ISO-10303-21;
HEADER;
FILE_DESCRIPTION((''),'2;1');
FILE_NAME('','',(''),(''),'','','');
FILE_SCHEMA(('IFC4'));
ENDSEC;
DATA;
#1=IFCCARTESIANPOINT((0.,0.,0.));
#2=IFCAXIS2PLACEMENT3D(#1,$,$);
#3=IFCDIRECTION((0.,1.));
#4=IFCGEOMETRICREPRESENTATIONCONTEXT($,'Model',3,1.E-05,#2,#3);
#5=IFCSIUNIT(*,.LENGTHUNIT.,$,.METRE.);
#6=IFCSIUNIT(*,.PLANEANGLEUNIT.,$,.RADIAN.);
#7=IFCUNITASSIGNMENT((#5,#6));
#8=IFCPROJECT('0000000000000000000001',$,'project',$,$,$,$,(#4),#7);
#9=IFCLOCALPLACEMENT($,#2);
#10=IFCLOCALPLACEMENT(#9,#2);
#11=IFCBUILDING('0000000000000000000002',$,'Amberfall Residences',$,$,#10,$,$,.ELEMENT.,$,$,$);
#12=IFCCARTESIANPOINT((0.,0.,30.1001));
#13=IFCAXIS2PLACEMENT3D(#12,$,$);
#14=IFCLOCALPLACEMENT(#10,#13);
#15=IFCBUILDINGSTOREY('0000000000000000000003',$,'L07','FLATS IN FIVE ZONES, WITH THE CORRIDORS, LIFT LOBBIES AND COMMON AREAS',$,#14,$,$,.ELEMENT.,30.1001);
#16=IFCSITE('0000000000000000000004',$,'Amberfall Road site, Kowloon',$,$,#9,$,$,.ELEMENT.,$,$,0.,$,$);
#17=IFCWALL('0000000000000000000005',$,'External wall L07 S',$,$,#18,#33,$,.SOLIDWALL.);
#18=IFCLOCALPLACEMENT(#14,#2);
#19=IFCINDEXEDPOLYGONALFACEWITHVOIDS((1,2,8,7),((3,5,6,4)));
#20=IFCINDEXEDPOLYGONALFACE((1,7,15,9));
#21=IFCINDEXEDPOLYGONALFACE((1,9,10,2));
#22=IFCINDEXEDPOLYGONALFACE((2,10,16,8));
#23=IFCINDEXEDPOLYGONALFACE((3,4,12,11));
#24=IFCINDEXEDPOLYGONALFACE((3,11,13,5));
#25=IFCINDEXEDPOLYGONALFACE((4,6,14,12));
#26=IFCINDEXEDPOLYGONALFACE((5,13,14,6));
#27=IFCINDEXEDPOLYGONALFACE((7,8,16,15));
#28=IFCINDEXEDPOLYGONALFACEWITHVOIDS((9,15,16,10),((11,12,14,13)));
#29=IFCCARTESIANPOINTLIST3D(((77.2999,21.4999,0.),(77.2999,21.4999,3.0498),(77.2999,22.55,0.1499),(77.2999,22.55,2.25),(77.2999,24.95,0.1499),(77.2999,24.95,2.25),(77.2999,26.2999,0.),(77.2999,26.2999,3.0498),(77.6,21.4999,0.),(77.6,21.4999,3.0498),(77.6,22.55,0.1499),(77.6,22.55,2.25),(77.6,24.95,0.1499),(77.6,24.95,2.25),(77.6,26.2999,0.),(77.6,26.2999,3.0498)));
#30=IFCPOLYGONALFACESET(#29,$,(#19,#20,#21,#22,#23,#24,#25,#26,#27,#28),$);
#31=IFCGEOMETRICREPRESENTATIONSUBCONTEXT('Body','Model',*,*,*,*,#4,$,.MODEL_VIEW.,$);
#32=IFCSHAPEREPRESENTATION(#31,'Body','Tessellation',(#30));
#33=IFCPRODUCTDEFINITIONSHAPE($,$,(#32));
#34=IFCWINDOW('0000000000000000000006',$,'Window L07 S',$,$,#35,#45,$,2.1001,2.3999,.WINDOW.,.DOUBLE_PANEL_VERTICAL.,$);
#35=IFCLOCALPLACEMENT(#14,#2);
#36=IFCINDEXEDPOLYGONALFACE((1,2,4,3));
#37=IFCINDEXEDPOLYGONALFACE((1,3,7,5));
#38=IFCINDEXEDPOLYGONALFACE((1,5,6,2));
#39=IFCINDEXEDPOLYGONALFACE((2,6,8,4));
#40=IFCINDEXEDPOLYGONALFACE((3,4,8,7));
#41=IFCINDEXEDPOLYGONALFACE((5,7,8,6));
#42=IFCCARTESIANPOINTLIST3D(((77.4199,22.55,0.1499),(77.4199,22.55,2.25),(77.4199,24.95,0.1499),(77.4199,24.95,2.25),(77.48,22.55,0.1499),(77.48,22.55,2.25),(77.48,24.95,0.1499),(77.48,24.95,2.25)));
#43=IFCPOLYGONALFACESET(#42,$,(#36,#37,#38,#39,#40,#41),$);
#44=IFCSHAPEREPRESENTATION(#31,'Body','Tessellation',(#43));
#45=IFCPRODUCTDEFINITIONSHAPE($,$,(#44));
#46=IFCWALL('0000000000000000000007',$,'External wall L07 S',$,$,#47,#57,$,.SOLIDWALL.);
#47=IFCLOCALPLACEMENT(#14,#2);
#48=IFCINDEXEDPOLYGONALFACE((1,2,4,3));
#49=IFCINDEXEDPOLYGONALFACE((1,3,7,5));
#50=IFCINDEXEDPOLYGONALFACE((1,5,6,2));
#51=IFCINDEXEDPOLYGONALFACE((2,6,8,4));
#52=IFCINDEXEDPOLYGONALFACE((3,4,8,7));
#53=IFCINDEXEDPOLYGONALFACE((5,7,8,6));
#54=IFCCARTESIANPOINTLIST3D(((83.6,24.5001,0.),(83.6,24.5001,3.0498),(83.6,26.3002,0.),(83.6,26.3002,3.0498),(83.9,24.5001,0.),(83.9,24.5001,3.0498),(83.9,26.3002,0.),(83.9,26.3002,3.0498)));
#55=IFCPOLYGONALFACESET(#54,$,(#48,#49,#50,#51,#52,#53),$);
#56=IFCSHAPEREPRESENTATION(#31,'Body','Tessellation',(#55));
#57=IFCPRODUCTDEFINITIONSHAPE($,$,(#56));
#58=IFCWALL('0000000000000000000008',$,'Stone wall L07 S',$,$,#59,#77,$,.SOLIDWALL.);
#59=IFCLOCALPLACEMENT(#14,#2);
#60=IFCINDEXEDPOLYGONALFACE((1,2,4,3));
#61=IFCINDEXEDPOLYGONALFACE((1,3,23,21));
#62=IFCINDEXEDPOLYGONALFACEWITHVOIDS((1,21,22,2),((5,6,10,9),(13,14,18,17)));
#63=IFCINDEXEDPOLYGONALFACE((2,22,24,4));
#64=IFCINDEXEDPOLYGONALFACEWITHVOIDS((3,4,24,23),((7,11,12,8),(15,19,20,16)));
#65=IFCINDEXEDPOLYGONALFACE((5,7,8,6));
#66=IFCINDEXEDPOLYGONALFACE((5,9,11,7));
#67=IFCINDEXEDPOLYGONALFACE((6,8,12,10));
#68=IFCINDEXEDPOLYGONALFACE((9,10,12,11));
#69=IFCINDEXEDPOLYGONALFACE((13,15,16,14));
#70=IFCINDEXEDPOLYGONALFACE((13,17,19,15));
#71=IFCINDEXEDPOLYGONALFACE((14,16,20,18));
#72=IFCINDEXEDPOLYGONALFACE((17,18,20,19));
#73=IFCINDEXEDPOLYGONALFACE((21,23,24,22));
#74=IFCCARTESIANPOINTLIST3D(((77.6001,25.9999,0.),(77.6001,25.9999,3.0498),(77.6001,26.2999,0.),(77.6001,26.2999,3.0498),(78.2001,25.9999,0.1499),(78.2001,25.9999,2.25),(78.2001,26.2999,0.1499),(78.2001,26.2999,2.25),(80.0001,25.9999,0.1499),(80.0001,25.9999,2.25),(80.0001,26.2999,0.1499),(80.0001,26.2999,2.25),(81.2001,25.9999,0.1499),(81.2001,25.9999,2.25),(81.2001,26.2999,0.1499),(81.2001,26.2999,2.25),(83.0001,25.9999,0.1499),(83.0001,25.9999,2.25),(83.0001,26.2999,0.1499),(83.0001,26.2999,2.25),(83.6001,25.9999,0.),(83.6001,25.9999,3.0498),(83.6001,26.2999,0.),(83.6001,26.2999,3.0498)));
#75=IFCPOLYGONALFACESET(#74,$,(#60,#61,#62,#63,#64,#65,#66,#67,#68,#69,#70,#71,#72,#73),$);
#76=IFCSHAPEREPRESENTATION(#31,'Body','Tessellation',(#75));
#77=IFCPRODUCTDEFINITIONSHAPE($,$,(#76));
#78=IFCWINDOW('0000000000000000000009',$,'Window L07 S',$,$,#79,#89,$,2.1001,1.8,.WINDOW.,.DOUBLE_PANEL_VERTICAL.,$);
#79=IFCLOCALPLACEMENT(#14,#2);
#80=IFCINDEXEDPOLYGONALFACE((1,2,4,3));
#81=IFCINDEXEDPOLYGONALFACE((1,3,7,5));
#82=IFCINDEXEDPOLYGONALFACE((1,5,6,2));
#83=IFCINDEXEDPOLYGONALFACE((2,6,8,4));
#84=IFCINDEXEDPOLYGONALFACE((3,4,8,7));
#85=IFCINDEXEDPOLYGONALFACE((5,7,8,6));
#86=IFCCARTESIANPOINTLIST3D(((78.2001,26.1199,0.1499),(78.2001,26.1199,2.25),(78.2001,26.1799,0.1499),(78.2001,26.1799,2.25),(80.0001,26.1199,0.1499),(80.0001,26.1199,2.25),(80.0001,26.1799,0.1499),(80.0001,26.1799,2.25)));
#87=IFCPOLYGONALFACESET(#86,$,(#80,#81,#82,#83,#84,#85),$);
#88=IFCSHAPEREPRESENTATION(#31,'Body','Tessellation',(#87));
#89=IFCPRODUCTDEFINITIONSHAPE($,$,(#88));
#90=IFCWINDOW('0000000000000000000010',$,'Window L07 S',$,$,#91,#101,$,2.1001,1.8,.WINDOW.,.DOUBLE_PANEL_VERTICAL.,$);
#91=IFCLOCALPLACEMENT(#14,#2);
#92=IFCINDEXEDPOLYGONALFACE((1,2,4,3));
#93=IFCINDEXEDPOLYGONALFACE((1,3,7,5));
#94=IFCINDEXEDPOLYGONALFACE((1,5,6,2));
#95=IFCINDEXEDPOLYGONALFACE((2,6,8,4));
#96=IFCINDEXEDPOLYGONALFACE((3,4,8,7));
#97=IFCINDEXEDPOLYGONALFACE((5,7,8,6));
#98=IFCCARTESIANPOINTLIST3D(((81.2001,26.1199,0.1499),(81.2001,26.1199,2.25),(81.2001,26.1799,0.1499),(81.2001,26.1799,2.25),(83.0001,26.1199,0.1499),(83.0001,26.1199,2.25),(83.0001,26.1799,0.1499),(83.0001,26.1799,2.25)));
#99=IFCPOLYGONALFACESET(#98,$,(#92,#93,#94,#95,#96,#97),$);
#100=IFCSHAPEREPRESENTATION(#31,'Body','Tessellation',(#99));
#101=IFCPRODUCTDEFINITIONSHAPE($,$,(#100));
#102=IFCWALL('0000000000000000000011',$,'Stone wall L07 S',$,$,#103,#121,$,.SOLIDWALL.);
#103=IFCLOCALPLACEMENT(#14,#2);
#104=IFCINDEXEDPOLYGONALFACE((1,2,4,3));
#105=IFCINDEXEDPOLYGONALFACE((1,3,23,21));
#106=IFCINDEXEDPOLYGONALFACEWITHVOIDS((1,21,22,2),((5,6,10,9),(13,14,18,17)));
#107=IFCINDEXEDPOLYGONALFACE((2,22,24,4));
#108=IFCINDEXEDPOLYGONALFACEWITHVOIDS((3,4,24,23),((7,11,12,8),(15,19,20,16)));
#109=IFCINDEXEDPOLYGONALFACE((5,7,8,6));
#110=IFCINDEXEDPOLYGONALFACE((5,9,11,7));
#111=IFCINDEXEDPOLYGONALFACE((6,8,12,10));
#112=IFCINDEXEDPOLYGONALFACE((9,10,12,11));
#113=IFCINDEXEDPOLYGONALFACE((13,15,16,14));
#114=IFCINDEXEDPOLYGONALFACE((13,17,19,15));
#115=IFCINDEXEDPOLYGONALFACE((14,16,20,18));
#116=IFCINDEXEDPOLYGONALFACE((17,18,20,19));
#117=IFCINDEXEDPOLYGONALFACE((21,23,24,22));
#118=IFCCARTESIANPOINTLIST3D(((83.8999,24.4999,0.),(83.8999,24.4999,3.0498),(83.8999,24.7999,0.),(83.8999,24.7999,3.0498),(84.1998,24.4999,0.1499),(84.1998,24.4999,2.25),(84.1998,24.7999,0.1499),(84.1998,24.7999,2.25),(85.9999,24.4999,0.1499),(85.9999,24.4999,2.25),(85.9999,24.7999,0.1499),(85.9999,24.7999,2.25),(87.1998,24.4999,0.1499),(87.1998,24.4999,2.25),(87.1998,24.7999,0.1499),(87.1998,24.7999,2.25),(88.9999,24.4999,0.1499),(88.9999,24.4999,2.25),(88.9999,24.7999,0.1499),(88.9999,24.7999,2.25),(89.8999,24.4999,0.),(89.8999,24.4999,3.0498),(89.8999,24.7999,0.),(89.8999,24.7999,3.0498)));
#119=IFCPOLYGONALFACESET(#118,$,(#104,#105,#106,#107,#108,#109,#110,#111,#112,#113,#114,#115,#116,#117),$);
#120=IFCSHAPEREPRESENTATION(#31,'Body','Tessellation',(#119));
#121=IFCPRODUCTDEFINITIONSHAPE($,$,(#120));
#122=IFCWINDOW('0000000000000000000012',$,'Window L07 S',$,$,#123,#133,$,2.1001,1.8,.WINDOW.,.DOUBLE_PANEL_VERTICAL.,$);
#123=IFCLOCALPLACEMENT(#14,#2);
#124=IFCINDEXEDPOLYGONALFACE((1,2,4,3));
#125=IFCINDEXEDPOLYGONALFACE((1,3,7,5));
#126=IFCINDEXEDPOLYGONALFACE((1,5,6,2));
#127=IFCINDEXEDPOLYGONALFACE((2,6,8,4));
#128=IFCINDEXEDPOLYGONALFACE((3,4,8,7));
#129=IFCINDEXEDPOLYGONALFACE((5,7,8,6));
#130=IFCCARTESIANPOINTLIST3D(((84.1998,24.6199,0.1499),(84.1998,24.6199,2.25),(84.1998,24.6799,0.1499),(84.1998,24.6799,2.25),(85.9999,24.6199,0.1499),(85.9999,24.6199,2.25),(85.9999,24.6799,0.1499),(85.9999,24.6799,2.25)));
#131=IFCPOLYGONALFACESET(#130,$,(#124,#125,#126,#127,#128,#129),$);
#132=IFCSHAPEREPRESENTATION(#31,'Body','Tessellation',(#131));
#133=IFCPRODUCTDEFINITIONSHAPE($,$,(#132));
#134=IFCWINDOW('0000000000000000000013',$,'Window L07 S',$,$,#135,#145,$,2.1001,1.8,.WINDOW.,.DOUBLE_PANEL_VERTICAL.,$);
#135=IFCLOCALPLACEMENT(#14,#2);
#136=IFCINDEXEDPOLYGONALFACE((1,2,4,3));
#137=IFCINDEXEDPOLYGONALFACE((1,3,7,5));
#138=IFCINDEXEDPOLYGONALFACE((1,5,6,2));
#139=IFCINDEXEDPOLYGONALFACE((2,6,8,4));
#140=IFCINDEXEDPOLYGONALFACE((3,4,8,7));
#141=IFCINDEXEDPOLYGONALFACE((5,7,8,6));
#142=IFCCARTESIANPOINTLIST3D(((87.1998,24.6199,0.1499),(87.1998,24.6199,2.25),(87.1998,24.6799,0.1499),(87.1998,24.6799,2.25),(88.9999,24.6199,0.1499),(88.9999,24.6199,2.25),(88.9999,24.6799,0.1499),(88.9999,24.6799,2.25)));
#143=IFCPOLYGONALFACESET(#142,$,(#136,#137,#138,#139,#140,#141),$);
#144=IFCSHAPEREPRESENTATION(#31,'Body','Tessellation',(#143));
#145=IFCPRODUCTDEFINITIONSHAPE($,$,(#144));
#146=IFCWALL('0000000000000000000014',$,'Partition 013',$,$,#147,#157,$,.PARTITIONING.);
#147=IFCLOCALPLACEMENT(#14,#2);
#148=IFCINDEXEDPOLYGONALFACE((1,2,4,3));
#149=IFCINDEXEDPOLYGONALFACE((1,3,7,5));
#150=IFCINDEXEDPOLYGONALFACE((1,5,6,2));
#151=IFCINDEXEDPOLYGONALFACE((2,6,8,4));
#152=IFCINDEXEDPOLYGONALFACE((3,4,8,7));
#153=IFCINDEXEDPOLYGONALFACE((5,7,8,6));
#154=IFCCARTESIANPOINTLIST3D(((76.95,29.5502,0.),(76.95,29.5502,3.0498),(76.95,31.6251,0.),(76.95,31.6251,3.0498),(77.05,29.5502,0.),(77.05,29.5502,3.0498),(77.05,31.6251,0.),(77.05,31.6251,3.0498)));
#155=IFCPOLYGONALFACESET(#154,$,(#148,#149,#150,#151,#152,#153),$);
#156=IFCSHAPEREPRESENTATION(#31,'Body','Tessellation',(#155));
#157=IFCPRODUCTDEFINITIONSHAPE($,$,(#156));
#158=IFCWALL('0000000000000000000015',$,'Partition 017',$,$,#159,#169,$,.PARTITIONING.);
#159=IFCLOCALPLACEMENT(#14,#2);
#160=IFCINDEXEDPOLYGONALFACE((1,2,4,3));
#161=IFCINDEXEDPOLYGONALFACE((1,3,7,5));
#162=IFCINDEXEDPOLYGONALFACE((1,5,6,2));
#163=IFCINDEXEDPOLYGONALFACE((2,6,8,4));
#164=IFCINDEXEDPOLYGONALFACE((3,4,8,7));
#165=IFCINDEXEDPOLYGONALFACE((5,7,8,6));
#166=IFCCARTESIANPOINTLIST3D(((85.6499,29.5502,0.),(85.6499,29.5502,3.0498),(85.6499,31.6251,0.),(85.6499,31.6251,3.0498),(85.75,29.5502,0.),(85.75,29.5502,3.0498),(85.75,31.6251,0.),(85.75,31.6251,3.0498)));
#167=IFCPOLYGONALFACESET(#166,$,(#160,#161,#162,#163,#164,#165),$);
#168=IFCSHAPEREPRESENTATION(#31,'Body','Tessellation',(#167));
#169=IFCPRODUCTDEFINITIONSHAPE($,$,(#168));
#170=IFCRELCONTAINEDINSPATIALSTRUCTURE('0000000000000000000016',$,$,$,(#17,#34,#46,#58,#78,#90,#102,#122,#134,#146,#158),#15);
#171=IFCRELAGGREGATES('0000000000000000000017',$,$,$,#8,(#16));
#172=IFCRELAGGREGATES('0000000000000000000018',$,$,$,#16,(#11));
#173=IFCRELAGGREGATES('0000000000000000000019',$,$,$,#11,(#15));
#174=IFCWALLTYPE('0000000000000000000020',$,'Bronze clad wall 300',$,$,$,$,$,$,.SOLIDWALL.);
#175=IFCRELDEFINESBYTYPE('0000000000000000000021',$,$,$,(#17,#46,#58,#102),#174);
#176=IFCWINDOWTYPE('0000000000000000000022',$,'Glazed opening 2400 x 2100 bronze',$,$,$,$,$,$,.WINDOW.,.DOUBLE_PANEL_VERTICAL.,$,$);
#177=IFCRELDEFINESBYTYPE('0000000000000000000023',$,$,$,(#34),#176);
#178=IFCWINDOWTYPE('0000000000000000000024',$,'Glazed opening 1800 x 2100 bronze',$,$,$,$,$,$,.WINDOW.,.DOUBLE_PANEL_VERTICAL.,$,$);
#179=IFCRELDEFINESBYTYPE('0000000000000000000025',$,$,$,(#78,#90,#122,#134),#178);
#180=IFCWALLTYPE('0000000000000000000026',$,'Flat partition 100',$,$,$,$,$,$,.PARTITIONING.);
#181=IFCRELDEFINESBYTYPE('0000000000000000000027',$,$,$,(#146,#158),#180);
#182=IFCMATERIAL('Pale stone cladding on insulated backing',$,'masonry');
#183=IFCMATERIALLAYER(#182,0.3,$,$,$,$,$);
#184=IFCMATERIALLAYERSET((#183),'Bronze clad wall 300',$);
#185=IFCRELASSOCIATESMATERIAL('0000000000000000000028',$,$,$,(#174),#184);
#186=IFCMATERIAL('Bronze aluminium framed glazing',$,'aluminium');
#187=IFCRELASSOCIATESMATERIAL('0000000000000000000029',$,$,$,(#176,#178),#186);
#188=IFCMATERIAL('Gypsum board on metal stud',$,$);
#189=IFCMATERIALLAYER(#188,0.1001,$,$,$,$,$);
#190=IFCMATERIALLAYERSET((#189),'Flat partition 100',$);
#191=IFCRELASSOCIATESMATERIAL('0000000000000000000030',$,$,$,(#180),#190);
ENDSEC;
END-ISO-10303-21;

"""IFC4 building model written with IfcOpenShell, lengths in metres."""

from ifc_helpers import new_model, si_unit, direction, frame, frame_2d, origin, place, context, subcontext, project, spatial, rectangle, extrude, material, layer, layer_set, type_object, element, fill, save


model = new_model("IFC4")

# Units and contexts
model_context = context("Model", 3, precision=1e-05, world=origin(), true_north=direction((0.0, 1.0)))
body_context = subcontext(model_context, "Body", "Model", "MODEL_VIEW")
ifc_project = project(units=[si_unit("LENGTHUNIT", "METRE"), si_unit("PLANEANGLEUNIT", "RADIAN")], contexts=[model_context])

# Site, building, storey
site_placement = place(None, origin())
site = spatial("IfcSite", under=ifc_project, at=site_placement, Name="Amberfall Road site, Kowloon", CompositionType="ELEMENT", RefElevation=0.0)
building_placement = place(site_placement, origin())
building = spatial("IfcBuilding", under=site, at=building_placement, Name="Amberfall Residences", CompositionType="ELEMENT")
storey_placement = place(building_placement, frame((0.0, 0.0, 30.1001)))
storey = spatial("IfcBuildingStorey", under=building, at=storey_placement, Name="L07", Description="FLATS IN FIVE ZONES, WITH THE CORRIDORS, LIFT LOBBIES AND COMMON AREAS", CompositionType="ELEMENT", Elevation=30.1001)

# Wall, opening, window
ifc_material_1 = material(Name="Pale stone cladding on insulated backing", Category="masonry")
ifc_layer_1 = layer(ifc_material_1, 0.3)
ifc_layer_set_1 = layer_set([ifc_layer_1], Name="Bronze clad wall 300")
wall_type_1 = type_object("IfcWallType", Name="Bronze clad wall 300", PredefinedType="SOLIDWALL", material=ifc_layer_set_1)
wall_1_placement = place(storey_placement, frame((77.45, 21.5, 0.0), z_axis=(0.0, 0.0, 1.0), x_axis=(0.0, 1.0, 0.0)))
wall_1 = element("IfcWall", 1, at=wall_1_placement, inside=storey, type_object=wall_type_1, Name="External wall L07 S", PredefinedType="SOLIDWALL", context=body_context, shape_type="SweptSolid", body=[
    extrude(rectangle(XDim=4.8, YDim=0.3, at=frame_2d((2.3999, 0.0))), origin(), (0.0, 0.0, 1.0), 3.0498),
])
opening_1_placement = place(wall_1_placement, frame((1.05, 0.0, 0.1499)))
opening_1 = element("IfcOpeningElement", 2, at=opening_1_placement, cuts=wall_1, PredefinedType="OPENING", context=body_context, shape_type="SweptSolid", body=[
    extrude(rectangle(XDim=2.3999, YDim=2.1001, at=frame_2d((1.2, 1.05))), frame((0.0, 0.1599, 0.0), z_axis=(0.0, -1.0, 0.0), x_axis=(1.0, 0.0, 0.0)), (0.0, 0.0, 1.0), 0.3201),
])
ifc_material_2 = material(Name="Bronze aluminium framed glazing", Category="aluminium")
window_type_1 = type_object("IfcWindowType", Name="Glazed opening 2400 x 2100 bronze", PartitioningType="DOUBLE_PANEL_VERTICAL", PredefinedType="WINDOW", material=ifc_material_2)
window_1_placement = place(opening_1_placement, origin())
window_1 = element("IfcWindow", 3, at=window_1_placement, inside=storey, type_object=window_type_1, Name="Window L07 S", OverallHeight=2.1001, OverallWidth=2.3999, PartitioningType="DOUBLE_PANEL_VERTICAL", PredefinedType="WINDOW", context=body_context, shape_type="SweptSolid", body=[
    extrude(rectangle(XDim=2.3999, YDim=2.1001, at=frame_2d((1.2, 1.05))), frame((0.0, 0.03, 0.0), z_axis=(0.0, -1.0, 0.0), x_axis=(1.0, 0.0, 0.0)), (0.0, 0.0, 1.0), 0.0601),
])
fill(opening_1, window_1)

# Wall
wall_2_placement = place(storey_placement, frame((83.75, 26.3, 0.0), z_axis=(0.0, 0.0, 1.0), x_axis=(0.0, -1.0, 0.0)))
element("IfcWall", 4, at=wall_2_placement, inside=storey, type_object=wall_type_1, Name="External wall L07 S", PredefinedType="SOLIDWALL", context=body_context, shape_type="SweptSolid", body=[
    extrude(rectangle(XDim=1.8, YDim=0.3, at=frame_2d((0.8999, 0.0))), origin(), (0.0, 0.0, 1.0), 3.0498),
])

# Walls, openings, windows
wall_3_placement = place(storey_placement, frame((77.6001, 26.1499, 0.0), z_axis=(0.0, 0.0, 1.0), x_axis=(1.0, 0.0, 0.0)))
wall_3 = element("IfcWall", 5, at=wall_3_placement, inside=storey, type_object=wall_type_1, Name="Stone wall L07 S", PredefinedType="SOLIDWALL", context=body_context, shape_type="SweptSolid", body=[
    extrude(rectangle(XDim=6.0, YDim=0.3, at=frame_2d((3.0, 0.0))), origin(), (0.0, 0.0, 1.0), 3.0498),
])
opening_2_placement = place(wall_3_placement, frame((0.6001, 0.0, 0.1499)))
opening_2 = element("IfcOpeningElement", 6, at=opening_2_placement, cuts=wall_3, PredefinedType="OPENING", context=body_context, shape_type="SweptSolid", body=[
    extrude(rectangle(XDim=1.8, YDim=2.1001, at=frame_2d((0.8999, 1.05))), frame((0.0, 0.1599, 0.0), z_axis=(0.0, -1.0, 0.0), x_axis=(1.0, 0.0, 0.0)), (0.0, 0.0, 1.0), 0.3201),
])
opening_3_placement = place(wall_3_placement, frame((3.6001, 0.0, 0.1499)))
opening_3 = element("IfcOpeningElement", 7, at=opening_3_placement, cuts=wall_3, PredefinedType="OPENING", context=body_context, shape_type="SweptSolid", body=[
    extrude(rectangle(XDim=1.8, YDim=2.1001, at=frame_2d((0.8999, 1.05))), frame((0.0, 0.1599, 0.0), z_axis=(0.0, -1.0, 0.0), x_axis=(1.0, 0.0, 0.0)), (0.0, 0.0, 1.0), 0.3201),
])
window_type_2 = type_object("IfcWindowType", Name="Glazed opening 1800 x 2100 bronze", PartitioningType="DOUBLE_PANEL_VERTICAL", PredefinedType="WINDOW", material=ifc_material_2)
window_2_placement = place(opening_2_placement, origin())
window_2 = element("IfcWindow", 8, at=window_2_placement, inside=storey, type_object=window_type_2, Name="Window L07 S", OverallHeight=2.1001, OverallWidth=1.8, PartitioningType="DOUBLE_PANEL_VERTICAL", PredefinedType="WINDOW", context=body_context, shape_type="SweptSolid", body=[
    extrude(rectangle(XDim=1.8, YDim=2.1001, at=frame_2d((0.8999, 1.05))), frame((0.0, 0.03, 0.0), z_axis=(0.0, -1.0, 0.0), x_axis=(1.0, 0.0, 0.0)), (0.0, 0.0, 1.0), 0.0601),
])
fill(opening_2, window_2)
window_3_placement = place(opening_3_placement, origin())
window_3 = element("IfcWindow", 9, at=window_3_placement, inside=storey, type_object=window_type_2, Name="Window L07 S", OverallHeight=2.1001, OverallWidth=1.8, PartitioningType="DOUBLE_PANEL_VERTICAL", PredefinedType="WINDOW", context=body_context, shape_type="SweptSolid", body=[
    extrude(rectangle(XDim=1.8, YDim=2.1001, at=frame_2d((0.8999, 1.05))), frame((0.0, 0.03, 0.0), z_axis=(0.0, -1.0, 0.0), x_axis=(1.0, 0.0, 0.0)), (0.0, 0.0, 1.0), 0.0601),
])
fill(opening_3, window_3)
wall_4_placement = place(storey_placement, frame((83.8999, 24.6499, 0.0), z_axis=(0.0, 0.0, 1.0), x_axis=(1.0, 0.0, 0.0)))
wall_4 = element("IfcWall", 10, at=wall_4_placement, inside=storey, type_object=wall_type_1, Name="Stone wall L07 S", PredefinedType="SOLIDWALL", context=body_context, shape_type="SweptSolid", body=[
    extrude(rectangle(XDim=6.0, YDim=0.3, at=frame_2d((3.0, 0.0))), origin(), (0.0, 0.0, 1.0), 3.0498),
])
opening_4_placement = place(wall_4_placement, frame((0.3, 0.0, 0.1499)))
opening_4 = element("IfcOpeningElement", 11, at=opening_4_placement, cuts=wall_4, PredefinedType="OPENING", context=body_context, shape_type="SweptSolid", body=[
    extrude(rectangle(XDim=1.8, YDim=2.1001, at=frame_2d((0.8999, 1.05))), frame((0.0, 0.1599, 0.0), z_axis=(0.0, -1.0, 0.0), x_axis=(1.0, 0.0, 0.0)), (0.0, 0.0, 1.0), 0.3201),
])
opening_5_placement = place(wall_4_placement, frame((3.3, 0.0, 0.1499)))
opening_5 = element("IfcOpeningElement", 12, at=opening_5_placement, cuts=wall_4, PredefinedType="OPENING", context=body_context, shape_type="SweptSolid", body=[
    extrude(rectangle(XDim=1.8, YDim=2.1001, at=frame_2d((0.8999, 1.05))), frame((0.0, 0.1599, 0.0), z_axis=(0.0, -1.0, 0.0), x_axis=(1.0, 0.0, 0.0)), (0.0, 0.0, 1.0), 0.3201),
])
window_4_placement = place(opening_4_placement, origin())
window_4 = element("IfcWindow", 13, at=window_4_placement, inside=storey, type_object=window_type_2, Name="Window L07 S", OverallHeight=2.1001, OverallWidth=1.8, PartitioningType="DOUBLE_PANEL_VERTICAL", PredefinedType="WINDOW", context=body_context, shape_type="SweptSolid", body=[
    extrude(rectangle(XDim=1.8, YDim=2.1001, at=frame_2d((0.8999, 1.05))), frame((0.0, 0.03, 0.0), z_axis=(0.0, -1.0, 0.0), x_axis=(1.0, 0.0, 0.0)), (0.0, 0.0, 1.0), 0.0601),
])
fill(opening_4, window_4)
window_5_placement = place(opening_5_placement, origin())
window_5 = element("IfcWindow", 14, at=window_5_placement, inside=storey, type_object=window_type_2, Name="Window L07 S", OverallHeight=2.1001, OverallWidth=1.8, PartitioningType="DOUBLE_PANEL_VERTICAL", PredefinedType="WINDOW", context=body_context, shape_type="SweptSolid", body=[
    extrude(rectangle(XDim=1.8, YDim=2.1001, at=frame_2d((0.8999, 1.05))), frame((0.0, 0.03, 0.0), z_axis=(0.0, -1.0, 0.0), x_axis=(1.0, 0.0, 0.0)), (0.0, 0.0, 1.0), 0.0601),
])
fill(opening_5, window_5)

# Walls
ifc_material_3 = material(Name="Gypsum board on metal stud")
ifc_layer_2 = layer(ifc_material_3, 0.1001)
ifc_layer_set_2 = layer_set([ifc_layer_2], Name="Flat partition 100")
wall_type_2 = type_object("IfcWallType", Name="Flat partition 100", PredefinedType="PARTITIONING", material=ifc_layer_set_2)
for number, where, z_axis, x_axis, name in (
    (15, (77.0, 29.55, 0.0), (0.0, 0.0, 1.0), (0.0, 1.0, 0.0), "Partition 013"),
    (16, (85.7, 29.55, 0.0), (0.0, 0.0, 1.0), (0.0, 1.0, 0.0), "Partition 017"),
):
    element("IfcWall", number, at=place(storey_placement, frame(where, z_axis=z_axis, x_axis=x_axis)), inside=storey, type_object=wall_type_2, Name=name, PredefinedType="PARTITIONING", context=body_context, shape_type="SweptSolid", body=[
        extrude(rectangle(XDim=2.075, YDim=0.1001, at=frame_2d((1.0376, 0.0))), origin(), (0.0, 0.0, 1.0), 3.0498),
    ])

save(model, "model.ifc")
